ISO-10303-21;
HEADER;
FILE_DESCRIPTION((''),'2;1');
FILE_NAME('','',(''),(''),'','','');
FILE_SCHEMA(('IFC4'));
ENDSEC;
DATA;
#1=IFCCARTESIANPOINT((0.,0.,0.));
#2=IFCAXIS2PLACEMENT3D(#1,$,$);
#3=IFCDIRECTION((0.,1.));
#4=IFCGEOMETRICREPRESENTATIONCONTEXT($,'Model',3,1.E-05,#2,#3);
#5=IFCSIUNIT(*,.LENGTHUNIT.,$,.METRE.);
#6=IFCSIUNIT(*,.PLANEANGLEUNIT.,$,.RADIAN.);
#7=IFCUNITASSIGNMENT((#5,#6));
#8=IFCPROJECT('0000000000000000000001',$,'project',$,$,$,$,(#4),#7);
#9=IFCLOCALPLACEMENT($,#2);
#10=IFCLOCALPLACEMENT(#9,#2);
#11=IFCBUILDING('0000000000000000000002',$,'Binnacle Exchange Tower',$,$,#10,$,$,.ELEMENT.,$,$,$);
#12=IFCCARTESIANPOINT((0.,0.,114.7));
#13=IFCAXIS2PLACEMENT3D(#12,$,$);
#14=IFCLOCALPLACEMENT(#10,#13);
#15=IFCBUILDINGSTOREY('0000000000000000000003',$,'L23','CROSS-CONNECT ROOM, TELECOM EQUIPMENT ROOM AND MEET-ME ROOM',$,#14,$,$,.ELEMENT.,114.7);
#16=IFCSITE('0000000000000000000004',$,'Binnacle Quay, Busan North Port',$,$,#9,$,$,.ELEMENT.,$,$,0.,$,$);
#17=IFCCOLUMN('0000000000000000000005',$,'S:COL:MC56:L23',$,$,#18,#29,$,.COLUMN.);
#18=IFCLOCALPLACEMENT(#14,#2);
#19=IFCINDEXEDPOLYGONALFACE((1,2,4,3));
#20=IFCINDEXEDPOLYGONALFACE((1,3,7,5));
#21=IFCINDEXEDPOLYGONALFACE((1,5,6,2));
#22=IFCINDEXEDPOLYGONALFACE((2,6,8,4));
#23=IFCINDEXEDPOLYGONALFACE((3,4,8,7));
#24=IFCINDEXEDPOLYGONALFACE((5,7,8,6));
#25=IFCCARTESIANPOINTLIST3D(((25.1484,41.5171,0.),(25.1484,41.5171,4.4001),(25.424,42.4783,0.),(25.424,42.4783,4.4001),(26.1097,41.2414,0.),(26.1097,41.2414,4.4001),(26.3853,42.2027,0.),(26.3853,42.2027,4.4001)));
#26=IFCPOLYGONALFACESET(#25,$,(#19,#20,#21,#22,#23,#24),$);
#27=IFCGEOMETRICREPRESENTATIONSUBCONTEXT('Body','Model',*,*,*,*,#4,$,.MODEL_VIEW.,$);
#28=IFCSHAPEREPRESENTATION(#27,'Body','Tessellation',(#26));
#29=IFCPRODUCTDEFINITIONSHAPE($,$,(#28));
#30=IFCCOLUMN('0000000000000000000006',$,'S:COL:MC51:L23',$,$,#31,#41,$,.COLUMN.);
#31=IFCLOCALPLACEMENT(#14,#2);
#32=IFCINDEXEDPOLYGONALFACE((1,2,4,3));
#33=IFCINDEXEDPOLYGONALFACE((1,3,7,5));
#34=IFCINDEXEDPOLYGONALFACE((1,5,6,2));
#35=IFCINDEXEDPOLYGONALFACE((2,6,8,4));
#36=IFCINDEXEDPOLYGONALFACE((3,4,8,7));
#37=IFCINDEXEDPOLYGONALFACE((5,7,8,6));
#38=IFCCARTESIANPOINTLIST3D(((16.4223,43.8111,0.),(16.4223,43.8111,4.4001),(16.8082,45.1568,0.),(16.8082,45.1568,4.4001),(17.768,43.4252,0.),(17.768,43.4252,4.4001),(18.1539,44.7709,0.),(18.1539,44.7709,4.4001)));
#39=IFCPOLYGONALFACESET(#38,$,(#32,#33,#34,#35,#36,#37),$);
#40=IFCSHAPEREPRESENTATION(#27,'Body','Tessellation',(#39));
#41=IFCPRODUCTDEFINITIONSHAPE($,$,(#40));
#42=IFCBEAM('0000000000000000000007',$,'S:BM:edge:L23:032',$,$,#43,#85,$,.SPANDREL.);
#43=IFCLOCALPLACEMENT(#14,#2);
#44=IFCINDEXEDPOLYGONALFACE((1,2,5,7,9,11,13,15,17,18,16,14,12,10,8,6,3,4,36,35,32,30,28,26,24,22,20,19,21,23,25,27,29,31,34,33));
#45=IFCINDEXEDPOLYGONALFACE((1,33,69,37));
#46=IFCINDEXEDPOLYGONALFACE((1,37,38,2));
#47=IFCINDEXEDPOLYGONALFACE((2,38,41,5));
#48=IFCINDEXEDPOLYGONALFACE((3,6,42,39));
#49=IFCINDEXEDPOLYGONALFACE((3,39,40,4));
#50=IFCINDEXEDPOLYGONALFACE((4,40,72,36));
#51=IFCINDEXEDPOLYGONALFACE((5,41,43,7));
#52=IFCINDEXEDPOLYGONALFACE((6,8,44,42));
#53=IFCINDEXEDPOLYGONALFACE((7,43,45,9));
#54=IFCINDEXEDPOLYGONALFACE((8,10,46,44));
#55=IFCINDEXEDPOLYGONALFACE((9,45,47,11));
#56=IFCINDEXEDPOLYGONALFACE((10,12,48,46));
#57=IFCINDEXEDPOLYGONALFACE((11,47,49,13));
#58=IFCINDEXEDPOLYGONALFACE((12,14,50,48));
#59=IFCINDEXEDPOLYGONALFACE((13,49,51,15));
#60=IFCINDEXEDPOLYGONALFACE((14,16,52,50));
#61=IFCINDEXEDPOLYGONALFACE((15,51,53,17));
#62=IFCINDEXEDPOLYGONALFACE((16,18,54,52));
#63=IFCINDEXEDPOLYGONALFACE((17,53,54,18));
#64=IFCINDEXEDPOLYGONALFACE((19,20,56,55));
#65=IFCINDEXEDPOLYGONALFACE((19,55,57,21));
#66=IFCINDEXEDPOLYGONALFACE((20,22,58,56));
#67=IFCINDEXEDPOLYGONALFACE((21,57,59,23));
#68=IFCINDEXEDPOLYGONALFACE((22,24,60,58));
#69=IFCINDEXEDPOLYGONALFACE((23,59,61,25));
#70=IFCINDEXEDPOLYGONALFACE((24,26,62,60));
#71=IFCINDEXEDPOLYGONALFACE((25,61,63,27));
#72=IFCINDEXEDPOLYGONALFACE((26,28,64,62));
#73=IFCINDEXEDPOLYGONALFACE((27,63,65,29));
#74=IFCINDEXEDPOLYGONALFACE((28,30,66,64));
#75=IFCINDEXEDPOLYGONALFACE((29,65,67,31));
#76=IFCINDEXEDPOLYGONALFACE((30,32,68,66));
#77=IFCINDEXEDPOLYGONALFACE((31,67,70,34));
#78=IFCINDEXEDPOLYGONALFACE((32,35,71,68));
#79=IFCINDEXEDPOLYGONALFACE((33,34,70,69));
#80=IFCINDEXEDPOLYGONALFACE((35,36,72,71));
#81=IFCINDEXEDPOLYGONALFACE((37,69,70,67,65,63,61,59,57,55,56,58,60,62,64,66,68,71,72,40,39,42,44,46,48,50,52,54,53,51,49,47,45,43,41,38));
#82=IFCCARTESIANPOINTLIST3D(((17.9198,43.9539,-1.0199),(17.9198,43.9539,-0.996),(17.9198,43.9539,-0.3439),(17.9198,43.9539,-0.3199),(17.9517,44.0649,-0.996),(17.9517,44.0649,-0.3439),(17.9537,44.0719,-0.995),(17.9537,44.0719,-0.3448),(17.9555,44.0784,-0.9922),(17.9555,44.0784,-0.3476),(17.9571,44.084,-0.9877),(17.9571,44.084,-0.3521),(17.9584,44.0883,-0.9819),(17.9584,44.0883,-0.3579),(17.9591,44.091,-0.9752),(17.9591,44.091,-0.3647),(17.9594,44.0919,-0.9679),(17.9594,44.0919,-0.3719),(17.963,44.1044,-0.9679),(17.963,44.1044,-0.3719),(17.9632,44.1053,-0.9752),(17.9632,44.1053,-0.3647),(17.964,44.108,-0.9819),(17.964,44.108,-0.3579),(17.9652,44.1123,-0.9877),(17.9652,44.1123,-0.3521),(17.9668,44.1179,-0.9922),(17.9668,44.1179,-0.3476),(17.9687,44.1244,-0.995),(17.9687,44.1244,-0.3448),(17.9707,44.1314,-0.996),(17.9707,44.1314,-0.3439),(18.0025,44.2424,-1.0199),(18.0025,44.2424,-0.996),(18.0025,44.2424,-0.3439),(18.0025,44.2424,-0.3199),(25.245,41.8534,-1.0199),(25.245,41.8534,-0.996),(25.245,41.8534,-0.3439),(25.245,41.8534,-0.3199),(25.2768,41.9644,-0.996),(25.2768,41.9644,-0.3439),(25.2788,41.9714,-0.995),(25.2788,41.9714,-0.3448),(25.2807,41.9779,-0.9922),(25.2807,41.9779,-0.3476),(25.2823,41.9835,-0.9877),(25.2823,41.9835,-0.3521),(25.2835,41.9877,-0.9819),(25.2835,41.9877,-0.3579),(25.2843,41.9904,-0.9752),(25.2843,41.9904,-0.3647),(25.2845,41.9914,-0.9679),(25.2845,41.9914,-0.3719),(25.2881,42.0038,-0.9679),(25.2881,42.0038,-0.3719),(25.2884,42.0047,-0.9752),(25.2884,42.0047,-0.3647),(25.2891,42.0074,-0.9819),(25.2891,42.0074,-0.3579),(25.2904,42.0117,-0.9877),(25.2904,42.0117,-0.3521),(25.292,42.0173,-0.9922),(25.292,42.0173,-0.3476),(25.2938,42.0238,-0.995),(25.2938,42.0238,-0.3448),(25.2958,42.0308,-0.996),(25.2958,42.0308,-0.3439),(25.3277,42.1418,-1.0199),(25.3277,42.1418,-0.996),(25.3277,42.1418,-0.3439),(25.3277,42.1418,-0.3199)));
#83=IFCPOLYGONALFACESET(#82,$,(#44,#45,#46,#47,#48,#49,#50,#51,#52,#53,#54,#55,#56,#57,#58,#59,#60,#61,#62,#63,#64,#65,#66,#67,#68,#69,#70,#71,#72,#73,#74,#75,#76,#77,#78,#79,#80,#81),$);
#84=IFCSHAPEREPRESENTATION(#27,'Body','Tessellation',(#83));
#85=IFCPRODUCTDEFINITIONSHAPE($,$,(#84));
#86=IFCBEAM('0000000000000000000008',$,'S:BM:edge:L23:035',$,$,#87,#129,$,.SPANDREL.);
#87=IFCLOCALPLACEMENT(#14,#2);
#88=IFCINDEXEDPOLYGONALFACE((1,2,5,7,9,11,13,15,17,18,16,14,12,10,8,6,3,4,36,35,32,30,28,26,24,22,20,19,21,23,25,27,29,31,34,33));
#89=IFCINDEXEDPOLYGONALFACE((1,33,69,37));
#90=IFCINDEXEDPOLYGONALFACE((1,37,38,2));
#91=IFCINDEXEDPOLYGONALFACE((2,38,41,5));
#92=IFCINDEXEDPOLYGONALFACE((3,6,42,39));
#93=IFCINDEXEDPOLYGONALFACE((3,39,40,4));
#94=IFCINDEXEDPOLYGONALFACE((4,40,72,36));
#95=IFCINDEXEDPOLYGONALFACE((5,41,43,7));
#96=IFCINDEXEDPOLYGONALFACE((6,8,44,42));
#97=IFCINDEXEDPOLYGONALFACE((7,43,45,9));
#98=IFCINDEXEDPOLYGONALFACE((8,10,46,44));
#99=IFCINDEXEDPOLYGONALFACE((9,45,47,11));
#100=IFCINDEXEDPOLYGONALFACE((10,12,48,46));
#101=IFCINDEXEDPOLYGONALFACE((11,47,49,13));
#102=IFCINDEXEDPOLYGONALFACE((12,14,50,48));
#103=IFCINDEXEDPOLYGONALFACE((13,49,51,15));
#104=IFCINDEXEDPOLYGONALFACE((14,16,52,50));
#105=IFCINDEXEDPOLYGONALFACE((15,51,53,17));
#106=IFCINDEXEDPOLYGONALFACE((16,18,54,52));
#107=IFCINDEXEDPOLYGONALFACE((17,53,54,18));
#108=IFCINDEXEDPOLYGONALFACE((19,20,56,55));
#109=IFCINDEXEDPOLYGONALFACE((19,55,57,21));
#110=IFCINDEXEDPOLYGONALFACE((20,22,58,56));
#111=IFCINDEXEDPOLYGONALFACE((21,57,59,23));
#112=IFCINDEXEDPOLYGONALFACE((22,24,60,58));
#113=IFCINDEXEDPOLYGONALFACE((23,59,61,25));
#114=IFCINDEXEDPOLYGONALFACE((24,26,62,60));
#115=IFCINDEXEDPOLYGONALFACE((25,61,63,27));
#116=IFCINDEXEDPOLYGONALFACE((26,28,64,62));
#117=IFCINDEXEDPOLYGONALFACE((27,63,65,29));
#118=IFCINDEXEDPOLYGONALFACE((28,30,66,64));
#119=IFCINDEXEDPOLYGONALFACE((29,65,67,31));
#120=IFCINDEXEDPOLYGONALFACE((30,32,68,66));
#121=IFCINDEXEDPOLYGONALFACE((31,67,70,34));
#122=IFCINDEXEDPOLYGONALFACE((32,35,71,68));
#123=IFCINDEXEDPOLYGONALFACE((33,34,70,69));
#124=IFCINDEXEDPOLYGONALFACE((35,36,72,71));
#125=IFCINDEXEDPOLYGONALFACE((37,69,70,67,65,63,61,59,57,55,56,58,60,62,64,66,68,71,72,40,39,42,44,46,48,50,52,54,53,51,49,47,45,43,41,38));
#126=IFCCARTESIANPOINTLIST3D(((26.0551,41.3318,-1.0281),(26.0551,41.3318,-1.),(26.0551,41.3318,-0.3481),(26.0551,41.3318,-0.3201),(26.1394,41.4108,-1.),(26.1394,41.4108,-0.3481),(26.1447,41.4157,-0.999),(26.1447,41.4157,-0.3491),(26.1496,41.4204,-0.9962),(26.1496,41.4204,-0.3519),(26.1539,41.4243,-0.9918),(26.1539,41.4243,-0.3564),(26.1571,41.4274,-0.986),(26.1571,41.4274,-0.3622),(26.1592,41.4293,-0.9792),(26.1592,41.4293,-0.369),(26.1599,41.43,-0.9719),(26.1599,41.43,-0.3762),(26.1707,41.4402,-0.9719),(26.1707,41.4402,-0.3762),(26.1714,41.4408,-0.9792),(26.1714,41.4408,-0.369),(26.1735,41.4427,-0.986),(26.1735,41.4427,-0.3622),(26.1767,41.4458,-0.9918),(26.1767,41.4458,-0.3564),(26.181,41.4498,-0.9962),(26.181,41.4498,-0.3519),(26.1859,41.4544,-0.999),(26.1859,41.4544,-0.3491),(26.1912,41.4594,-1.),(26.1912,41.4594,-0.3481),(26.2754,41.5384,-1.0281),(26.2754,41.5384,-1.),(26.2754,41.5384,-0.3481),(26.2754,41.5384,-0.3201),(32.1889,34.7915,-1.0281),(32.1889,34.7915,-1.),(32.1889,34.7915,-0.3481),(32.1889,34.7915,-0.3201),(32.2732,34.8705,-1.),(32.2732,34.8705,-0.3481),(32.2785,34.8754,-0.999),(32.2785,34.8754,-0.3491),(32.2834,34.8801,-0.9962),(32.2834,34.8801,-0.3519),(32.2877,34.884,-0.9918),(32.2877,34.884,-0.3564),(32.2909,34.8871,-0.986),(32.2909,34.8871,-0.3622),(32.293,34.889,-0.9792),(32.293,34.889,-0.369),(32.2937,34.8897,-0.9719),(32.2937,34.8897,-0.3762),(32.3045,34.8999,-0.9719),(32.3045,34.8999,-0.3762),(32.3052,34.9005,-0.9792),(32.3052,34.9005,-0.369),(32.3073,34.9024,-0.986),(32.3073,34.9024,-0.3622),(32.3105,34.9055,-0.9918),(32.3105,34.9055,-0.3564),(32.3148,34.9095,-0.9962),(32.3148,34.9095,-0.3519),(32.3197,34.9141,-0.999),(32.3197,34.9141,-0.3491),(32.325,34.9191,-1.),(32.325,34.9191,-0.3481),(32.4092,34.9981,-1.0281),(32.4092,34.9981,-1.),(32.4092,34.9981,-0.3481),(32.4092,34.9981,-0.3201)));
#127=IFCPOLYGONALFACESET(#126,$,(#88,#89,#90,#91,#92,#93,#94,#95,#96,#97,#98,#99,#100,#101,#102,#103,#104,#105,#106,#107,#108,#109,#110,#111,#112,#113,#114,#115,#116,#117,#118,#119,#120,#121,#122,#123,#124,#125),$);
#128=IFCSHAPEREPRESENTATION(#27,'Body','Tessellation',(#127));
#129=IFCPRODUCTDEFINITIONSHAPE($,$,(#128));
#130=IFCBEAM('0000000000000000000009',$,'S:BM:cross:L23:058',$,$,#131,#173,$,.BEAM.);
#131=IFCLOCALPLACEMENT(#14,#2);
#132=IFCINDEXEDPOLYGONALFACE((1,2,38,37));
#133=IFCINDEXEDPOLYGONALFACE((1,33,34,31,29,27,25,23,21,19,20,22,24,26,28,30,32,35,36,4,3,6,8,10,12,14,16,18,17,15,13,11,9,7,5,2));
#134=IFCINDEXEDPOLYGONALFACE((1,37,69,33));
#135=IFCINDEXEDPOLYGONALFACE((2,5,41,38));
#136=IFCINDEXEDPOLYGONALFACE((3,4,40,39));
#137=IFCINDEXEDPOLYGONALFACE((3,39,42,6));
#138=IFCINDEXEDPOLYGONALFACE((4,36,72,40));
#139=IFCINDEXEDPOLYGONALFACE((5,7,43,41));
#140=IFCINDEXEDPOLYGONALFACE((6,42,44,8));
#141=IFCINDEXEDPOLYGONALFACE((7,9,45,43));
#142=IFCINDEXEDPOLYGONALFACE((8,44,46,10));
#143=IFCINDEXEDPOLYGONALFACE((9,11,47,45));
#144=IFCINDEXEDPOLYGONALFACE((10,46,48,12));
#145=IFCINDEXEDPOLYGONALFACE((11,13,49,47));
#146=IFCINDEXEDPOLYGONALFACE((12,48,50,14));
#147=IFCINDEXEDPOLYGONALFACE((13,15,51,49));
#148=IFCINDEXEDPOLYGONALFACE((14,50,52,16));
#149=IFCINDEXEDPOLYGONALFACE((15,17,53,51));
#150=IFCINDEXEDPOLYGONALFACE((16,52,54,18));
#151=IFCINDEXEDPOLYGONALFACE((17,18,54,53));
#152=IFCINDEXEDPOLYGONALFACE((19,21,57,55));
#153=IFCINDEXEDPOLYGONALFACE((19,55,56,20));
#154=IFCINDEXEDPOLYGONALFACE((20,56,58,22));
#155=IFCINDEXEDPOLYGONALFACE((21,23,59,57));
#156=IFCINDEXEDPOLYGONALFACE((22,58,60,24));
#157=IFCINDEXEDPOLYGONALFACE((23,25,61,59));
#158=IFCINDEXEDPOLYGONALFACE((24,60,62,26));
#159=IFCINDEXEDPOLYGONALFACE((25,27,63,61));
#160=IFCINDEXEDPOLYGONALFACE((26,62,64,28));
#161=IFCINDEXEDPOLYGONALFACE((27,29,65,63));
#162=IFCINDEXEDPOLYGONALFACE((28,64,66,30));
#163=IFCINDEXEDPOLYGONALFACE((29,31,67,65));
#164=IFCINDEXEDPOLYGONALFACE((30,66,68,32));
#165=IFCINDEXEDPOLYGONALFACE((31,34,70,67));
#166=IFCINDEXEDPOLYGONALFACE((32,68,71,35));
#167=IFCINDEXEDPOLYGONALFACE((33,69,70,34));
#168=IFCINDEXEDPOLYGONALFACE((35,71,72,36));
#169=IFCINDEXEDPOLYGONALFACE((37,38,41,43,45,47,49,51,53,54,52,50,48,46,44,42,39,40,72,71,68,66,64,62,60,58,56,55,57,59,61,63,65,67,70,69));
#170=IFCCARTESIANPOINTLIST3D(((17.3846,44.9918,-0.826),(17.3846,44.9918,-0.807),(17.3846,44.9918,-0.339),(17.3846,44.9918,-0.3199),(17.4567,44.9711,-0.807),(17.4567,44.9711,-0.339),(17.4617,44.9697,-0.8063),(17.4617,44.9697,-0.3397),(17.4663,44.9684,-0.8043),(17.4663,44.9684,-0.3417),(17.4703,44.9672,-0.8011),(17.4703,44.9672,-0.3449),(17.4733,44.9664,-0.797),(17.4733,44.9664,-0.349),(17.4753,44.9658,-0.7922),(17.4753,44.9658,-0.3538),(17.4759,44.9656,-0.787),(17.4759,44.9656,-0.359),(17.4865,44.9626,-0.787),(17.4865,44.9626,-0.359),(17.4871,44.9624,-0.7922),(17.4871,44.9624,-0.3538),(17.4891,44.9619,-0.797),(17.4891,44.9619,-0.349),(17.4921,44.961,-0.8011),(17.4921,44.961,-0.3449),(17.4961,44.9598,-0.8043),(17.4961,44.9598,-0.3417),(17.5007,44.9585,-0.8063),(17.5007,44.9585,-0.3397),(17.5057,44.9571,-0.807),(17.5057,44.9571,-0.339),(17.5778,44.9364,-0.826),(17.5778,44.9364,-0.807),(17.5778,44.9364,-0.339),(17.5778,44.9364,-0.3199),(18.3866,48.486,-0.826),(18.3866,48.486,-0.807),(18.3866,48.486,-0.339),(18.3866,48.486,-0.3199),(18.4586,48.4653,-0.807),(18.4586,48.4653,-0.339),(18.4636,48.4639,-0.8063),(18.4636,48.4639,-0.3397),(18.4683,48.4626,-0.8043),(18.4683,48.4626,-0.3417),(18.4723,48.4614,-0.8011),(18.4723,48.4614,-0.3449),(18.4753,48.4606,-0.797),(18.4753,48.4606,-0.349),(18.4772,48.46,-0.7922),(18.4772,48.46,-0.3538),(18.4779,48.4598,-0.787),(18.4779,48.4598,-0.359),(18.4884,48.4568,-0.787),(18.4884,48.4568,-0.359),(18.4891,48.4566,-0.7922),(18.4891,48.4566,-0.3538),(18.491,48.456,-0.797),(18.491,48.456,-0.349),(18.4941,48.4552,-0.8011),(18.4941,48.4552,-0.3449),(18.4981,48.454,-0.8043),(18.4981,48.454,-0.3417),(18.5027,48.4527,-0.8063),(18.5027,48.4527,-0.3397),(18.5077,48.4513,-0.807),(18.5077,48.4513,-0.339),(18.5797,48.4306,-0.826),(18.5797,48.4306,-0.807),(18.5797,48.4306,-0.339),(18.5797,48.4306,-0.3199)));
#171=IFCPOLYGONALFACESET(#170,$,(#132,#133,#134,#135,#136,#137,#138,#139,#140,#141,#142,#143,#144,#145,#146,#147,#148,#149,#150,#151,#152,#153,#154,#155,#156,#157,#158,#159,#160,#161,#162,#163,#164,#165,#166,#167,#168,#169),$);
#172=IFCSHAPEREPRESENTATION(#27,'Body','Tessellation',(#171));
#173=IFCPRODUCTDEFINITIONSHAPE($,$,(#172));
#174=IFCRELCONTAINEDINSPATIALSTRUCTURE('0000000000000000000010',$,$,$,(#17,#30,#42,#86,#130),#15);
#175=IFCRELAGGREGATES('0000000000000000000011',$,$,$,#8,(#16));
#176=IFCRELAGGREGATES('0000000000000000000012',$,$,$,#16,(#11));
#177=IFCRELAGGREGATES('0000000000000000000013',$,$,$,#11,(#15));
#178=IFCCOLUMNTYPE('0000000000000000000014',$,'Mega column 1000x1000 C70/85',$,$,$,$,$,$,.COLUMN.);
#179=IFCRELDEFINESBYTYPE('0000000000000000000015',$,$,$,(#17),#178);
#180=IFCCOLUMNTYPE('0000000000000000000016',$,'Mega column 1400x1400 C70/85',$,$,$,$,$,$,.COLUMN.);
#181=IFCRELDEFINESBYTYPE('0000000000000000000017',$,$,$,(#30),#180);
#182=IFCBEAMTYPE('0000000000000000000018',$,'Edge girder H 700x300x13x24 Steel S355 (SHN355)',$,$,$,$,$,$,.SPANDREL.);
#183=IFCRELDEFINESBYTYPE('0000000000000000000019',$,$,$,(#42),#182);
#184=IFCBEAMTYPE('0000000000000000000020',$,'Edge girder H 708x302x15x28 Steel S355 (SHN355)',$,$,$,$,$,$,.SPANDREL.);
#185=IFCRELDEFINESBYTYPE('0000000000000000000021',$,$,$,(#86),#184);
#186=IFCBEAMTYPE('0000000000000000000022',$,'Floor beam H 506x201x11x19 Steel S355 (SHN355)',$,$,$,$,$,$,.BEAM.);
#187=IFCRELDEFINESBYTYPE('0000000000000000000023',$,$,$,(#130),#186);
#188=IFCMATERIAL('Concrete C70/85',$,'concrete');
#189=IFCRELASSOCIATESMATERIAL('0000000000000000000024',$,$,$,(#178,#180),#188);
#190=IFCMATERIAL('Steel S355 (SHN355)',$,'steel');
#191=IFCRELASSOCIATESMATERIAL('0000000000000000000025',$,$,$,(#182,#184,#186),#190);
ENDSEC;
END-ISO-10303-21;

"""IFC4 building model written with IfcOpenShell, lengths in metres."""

from ifc_helpers import new_model, si_unit, direction, frame, origin, origin_2d, place, context, subcontext, project, spatial, rectangle, i_section, extrude, material, material_profile, profile_set, type_object, element, save


model = new_model("IFC4")

# Units and contexts
model_context = context("Model", 3, precision=1e-05, world=origin(), true_north=direction((0.0, 1.0)))
body_context = subcontext(model_context, "Body", "Model", "MODEL_VIEW")
ifc_project = project(units=[si_unit("LENGTHUNIT", "METRE"), si_unit("PLANEANGLEUNIT", "RADIAN")], contexts=[model_context])

# Site, building, storey
site_placement = place(None, origin())
site = spatial("IfcSite", under=ifc_project, at=site_placement, Name="Binnacle Quay, Busan North Port", CompositionType="ELEMENT", RefElevation=0.0)
building_placement = place(site_placement, origin())
building = spatial("IfcBuilding", under=site, at=building_placement, Name="Binnacle Exchange Tower", CompositionType="ELEMENT")
storey_placement = place(building_placement, frame((0.0, 0.0, 114.7)))
storey = spatial("IfcBuildingStorey", under=building, at=storey_placement, Name="L23", Description="CROSS-CONNECT ROOM, TELECOM EQUIPMENT ROOM AND MEET-ME ROOM", CompositionType="ELEMENT", Elevation=114.7)

# Columns
ifc_material_1 = material(Name="Concrete C70/85", Category="concrete")
ifc_material_profile_1 = material_profile(ifc_material_1, rectangle(XDim=1.0, YDim=1.0, at=origin_2d()), Name="Mega column 1000x1000 C70/85")
ifc_profile_set_1 = profile_set([ifc_material_profile_1], Name="Concrete C70/85")
column_type_1 = type_object("IfcColumnType", Name="Mega column 1000x1000 C70/85", PredefinedType="COLUMN", material=ifc_profile_set_1)
column_1_placement = place(storey_placement, frame((25.7668, 41.8599, 0.0), z_axis=(0.0, 0.0, 1.0), x_axis=(0.961262, -0.275637, 0.0)))
element("IfcColumn", 1, at=column_1_placement, inside=storey, type_object=column_type_1, Name="S:COL:MC56:L23", PredefinedType="COLUMN", context=body_context, shape_type="SweptSolid", body=[
    extrude(rectangle(XDim=1.0, YDim=1.0, at=origin_2d()), origin(), (0.0, 0.0, 1.0), 4.4001),
])
ifc_material_profile_2 = material_profile(ifc_material_1, rectangle(XDim=1.3999, YDim=1.3999, at=origin_2d()), Name="Mega column 1400x1400 C70/85")
ifc_profile_set_2 = profile_set([ifc_material_profile_2], Name="Concrete C70/85")
column_type_2 = type_object("IfcColumnType", Name="Mega column 1400x1400 C70/85", PredefinedType="COLUMN", material=ifc_profile_set_2)
column_2_placement = place(storey_placement, frame((17.2881, 44.291, 0.0), z_axis=(0.0, 0.0, 1.0), x_axis=(0.961262, -0.275637, 0.0)))
element("IfcColumn", 2, at=column_2_placement, inside=storey, type_object=column_type_2, Name="S:COL:MC51:L23", PredefinedType="COLUMN", context=body_context, shape_type="SweptSolid", body=[
    extrude(rectangle(XDim=1.3999, YDim=1.3999, at=origin_2d()), origin(), (0.0, 0.0, 1.0), 4.4001),
])

# Beams
ifc_material_2 = material(Name="Steel S355 (SHN355)", Category="steel")
ifc_material_profile_3 = material_profile(ifc_material_2, i_section(OverallWidth=0.3, OverallDepth=0.7, WebThickness=0.0129, FlangeThickness=0.0239, FilletRadius=0.0281, at=origin_2d()), Name="H 700x300x13x24")
ifc_profile_set_3 = profile_set([ifc_material_profile_3], Name="Steel S355 (SHN355)")
beam_type_1 = type_object("IfcBeamType", Name="Edge girder H 700x300x13x24 Steel S355 (SHN355)", PredefinedType="SPANDREL", material=ifc_profile_set_3)
beam_1_placement = place(storey_placement, frame((17.9612, 44.0981, -0.6699), z_axis=(0.961258, -0.275652, 0.0), x_axis=(0.275652, 0.961258, 0.0)))
element("IfcBeam", 3, at=beam_1_placement, inside=storey, type_object=beam_type_1, Name="S:BM:edge:L23:032", PredefinedType="SPANDREL", context=body_context, shape_type="SweptSolid", body=[
    extrude(i_section(OverallWidth=0.3, OverallDepth=0.7, WebThickness=0.0129, FlangeThickness=0.0239, FilletRadius=0.0281, at=origin_2d()), origin(), (0.0, 0.0, 1.0), 7.6204),
])
ifc_material_profile_4 = material_profile(ifc_material_2, i_section(OverallWidth=0.302, OverallDepth=0.708, WebThickness=0.0149, FlangeThickness=0.0281, FilletRadius=0.0281, at=origin_2d()), Name="H 708x302x15x28")
ifc_profile_set_4 = profile_set([ifc_material_profile_4], Name="Steel S355 (SHN355)")
beam_type_2 = type_object("IfcBeamType", Name="Edge girder H 708x302x15x28 Steel S355 (SHN355)", PredefinedType="SPANDREL", material=ifc_profile_set_4)
beam_2_placement = place(storey_placement, frame((26.1653, 41.4351, -0.6741), z_axis=(0.684076, -0.729411, 0.0), x_axis=(0.729411, 0.684076, 0.0)))
element("IfcBeam", 4, at=beam_2_placement, inside=storey, type_object=beam_type_2, Name="S:BM:edge:L23:035", PredefinedType="SPANDREL", context=body_context, shape_type="SweptSolid", body=[
    extrude(i_section(OverallWidth=0.302, OverallDepth=0.708, WebThickness=0.0149, FlangeThickness=0.0281, FilletRadius=0.0281, at=origin_2d()), origin(), (0.0, 0.0, 1.0), 8.9666),
])
ifc_material_profile_5 = material_profile(ifc_material_2, i_section(OverallWidth=0.2009, OverallDepth=0.5061, WebThickness=0.011, FlangeThickness=0.019, FilletRadius=0.02, at=origin_2d()), Name="H 506x201x11x19")
ifc_profile_set_5 = profile_set([ifc_material_profile_5], Name="Steel S355 (SHN355)")
beam_type_3 = type_object("IfcBeamType", Name="Floor beam H 506x201x11x19 Steel S355 (SHN355)", PredefinedType="BEAM", material=ifc_profile_set_5)
beam_3_placement = place(storey_placement, frame((17.4812, 44.9641, -0.573), z_axis=(0.275644, 0.96126, 0.0), x_axis=(-0.96126, 0.275644, 0.0)))
element("IfcBeam", 5, at=beam_3_placement, inside=storey, type_object=beam_type_3, Name="S:BM:cross:L23:058", PredefinedType="BEAM", context=body_context, shape_type="SweptSolid", body=[
    extrude(i_section(OverallWidth=0.2009, OverallDepth=0.5061, WebThickness=0.011, FlangeThickness=0.019, FilletRadius=0.02, at=origin_2d()), origin(), (0.0, 0.0, 1.0), 3.635),
])

save(model, "model.ifc")
